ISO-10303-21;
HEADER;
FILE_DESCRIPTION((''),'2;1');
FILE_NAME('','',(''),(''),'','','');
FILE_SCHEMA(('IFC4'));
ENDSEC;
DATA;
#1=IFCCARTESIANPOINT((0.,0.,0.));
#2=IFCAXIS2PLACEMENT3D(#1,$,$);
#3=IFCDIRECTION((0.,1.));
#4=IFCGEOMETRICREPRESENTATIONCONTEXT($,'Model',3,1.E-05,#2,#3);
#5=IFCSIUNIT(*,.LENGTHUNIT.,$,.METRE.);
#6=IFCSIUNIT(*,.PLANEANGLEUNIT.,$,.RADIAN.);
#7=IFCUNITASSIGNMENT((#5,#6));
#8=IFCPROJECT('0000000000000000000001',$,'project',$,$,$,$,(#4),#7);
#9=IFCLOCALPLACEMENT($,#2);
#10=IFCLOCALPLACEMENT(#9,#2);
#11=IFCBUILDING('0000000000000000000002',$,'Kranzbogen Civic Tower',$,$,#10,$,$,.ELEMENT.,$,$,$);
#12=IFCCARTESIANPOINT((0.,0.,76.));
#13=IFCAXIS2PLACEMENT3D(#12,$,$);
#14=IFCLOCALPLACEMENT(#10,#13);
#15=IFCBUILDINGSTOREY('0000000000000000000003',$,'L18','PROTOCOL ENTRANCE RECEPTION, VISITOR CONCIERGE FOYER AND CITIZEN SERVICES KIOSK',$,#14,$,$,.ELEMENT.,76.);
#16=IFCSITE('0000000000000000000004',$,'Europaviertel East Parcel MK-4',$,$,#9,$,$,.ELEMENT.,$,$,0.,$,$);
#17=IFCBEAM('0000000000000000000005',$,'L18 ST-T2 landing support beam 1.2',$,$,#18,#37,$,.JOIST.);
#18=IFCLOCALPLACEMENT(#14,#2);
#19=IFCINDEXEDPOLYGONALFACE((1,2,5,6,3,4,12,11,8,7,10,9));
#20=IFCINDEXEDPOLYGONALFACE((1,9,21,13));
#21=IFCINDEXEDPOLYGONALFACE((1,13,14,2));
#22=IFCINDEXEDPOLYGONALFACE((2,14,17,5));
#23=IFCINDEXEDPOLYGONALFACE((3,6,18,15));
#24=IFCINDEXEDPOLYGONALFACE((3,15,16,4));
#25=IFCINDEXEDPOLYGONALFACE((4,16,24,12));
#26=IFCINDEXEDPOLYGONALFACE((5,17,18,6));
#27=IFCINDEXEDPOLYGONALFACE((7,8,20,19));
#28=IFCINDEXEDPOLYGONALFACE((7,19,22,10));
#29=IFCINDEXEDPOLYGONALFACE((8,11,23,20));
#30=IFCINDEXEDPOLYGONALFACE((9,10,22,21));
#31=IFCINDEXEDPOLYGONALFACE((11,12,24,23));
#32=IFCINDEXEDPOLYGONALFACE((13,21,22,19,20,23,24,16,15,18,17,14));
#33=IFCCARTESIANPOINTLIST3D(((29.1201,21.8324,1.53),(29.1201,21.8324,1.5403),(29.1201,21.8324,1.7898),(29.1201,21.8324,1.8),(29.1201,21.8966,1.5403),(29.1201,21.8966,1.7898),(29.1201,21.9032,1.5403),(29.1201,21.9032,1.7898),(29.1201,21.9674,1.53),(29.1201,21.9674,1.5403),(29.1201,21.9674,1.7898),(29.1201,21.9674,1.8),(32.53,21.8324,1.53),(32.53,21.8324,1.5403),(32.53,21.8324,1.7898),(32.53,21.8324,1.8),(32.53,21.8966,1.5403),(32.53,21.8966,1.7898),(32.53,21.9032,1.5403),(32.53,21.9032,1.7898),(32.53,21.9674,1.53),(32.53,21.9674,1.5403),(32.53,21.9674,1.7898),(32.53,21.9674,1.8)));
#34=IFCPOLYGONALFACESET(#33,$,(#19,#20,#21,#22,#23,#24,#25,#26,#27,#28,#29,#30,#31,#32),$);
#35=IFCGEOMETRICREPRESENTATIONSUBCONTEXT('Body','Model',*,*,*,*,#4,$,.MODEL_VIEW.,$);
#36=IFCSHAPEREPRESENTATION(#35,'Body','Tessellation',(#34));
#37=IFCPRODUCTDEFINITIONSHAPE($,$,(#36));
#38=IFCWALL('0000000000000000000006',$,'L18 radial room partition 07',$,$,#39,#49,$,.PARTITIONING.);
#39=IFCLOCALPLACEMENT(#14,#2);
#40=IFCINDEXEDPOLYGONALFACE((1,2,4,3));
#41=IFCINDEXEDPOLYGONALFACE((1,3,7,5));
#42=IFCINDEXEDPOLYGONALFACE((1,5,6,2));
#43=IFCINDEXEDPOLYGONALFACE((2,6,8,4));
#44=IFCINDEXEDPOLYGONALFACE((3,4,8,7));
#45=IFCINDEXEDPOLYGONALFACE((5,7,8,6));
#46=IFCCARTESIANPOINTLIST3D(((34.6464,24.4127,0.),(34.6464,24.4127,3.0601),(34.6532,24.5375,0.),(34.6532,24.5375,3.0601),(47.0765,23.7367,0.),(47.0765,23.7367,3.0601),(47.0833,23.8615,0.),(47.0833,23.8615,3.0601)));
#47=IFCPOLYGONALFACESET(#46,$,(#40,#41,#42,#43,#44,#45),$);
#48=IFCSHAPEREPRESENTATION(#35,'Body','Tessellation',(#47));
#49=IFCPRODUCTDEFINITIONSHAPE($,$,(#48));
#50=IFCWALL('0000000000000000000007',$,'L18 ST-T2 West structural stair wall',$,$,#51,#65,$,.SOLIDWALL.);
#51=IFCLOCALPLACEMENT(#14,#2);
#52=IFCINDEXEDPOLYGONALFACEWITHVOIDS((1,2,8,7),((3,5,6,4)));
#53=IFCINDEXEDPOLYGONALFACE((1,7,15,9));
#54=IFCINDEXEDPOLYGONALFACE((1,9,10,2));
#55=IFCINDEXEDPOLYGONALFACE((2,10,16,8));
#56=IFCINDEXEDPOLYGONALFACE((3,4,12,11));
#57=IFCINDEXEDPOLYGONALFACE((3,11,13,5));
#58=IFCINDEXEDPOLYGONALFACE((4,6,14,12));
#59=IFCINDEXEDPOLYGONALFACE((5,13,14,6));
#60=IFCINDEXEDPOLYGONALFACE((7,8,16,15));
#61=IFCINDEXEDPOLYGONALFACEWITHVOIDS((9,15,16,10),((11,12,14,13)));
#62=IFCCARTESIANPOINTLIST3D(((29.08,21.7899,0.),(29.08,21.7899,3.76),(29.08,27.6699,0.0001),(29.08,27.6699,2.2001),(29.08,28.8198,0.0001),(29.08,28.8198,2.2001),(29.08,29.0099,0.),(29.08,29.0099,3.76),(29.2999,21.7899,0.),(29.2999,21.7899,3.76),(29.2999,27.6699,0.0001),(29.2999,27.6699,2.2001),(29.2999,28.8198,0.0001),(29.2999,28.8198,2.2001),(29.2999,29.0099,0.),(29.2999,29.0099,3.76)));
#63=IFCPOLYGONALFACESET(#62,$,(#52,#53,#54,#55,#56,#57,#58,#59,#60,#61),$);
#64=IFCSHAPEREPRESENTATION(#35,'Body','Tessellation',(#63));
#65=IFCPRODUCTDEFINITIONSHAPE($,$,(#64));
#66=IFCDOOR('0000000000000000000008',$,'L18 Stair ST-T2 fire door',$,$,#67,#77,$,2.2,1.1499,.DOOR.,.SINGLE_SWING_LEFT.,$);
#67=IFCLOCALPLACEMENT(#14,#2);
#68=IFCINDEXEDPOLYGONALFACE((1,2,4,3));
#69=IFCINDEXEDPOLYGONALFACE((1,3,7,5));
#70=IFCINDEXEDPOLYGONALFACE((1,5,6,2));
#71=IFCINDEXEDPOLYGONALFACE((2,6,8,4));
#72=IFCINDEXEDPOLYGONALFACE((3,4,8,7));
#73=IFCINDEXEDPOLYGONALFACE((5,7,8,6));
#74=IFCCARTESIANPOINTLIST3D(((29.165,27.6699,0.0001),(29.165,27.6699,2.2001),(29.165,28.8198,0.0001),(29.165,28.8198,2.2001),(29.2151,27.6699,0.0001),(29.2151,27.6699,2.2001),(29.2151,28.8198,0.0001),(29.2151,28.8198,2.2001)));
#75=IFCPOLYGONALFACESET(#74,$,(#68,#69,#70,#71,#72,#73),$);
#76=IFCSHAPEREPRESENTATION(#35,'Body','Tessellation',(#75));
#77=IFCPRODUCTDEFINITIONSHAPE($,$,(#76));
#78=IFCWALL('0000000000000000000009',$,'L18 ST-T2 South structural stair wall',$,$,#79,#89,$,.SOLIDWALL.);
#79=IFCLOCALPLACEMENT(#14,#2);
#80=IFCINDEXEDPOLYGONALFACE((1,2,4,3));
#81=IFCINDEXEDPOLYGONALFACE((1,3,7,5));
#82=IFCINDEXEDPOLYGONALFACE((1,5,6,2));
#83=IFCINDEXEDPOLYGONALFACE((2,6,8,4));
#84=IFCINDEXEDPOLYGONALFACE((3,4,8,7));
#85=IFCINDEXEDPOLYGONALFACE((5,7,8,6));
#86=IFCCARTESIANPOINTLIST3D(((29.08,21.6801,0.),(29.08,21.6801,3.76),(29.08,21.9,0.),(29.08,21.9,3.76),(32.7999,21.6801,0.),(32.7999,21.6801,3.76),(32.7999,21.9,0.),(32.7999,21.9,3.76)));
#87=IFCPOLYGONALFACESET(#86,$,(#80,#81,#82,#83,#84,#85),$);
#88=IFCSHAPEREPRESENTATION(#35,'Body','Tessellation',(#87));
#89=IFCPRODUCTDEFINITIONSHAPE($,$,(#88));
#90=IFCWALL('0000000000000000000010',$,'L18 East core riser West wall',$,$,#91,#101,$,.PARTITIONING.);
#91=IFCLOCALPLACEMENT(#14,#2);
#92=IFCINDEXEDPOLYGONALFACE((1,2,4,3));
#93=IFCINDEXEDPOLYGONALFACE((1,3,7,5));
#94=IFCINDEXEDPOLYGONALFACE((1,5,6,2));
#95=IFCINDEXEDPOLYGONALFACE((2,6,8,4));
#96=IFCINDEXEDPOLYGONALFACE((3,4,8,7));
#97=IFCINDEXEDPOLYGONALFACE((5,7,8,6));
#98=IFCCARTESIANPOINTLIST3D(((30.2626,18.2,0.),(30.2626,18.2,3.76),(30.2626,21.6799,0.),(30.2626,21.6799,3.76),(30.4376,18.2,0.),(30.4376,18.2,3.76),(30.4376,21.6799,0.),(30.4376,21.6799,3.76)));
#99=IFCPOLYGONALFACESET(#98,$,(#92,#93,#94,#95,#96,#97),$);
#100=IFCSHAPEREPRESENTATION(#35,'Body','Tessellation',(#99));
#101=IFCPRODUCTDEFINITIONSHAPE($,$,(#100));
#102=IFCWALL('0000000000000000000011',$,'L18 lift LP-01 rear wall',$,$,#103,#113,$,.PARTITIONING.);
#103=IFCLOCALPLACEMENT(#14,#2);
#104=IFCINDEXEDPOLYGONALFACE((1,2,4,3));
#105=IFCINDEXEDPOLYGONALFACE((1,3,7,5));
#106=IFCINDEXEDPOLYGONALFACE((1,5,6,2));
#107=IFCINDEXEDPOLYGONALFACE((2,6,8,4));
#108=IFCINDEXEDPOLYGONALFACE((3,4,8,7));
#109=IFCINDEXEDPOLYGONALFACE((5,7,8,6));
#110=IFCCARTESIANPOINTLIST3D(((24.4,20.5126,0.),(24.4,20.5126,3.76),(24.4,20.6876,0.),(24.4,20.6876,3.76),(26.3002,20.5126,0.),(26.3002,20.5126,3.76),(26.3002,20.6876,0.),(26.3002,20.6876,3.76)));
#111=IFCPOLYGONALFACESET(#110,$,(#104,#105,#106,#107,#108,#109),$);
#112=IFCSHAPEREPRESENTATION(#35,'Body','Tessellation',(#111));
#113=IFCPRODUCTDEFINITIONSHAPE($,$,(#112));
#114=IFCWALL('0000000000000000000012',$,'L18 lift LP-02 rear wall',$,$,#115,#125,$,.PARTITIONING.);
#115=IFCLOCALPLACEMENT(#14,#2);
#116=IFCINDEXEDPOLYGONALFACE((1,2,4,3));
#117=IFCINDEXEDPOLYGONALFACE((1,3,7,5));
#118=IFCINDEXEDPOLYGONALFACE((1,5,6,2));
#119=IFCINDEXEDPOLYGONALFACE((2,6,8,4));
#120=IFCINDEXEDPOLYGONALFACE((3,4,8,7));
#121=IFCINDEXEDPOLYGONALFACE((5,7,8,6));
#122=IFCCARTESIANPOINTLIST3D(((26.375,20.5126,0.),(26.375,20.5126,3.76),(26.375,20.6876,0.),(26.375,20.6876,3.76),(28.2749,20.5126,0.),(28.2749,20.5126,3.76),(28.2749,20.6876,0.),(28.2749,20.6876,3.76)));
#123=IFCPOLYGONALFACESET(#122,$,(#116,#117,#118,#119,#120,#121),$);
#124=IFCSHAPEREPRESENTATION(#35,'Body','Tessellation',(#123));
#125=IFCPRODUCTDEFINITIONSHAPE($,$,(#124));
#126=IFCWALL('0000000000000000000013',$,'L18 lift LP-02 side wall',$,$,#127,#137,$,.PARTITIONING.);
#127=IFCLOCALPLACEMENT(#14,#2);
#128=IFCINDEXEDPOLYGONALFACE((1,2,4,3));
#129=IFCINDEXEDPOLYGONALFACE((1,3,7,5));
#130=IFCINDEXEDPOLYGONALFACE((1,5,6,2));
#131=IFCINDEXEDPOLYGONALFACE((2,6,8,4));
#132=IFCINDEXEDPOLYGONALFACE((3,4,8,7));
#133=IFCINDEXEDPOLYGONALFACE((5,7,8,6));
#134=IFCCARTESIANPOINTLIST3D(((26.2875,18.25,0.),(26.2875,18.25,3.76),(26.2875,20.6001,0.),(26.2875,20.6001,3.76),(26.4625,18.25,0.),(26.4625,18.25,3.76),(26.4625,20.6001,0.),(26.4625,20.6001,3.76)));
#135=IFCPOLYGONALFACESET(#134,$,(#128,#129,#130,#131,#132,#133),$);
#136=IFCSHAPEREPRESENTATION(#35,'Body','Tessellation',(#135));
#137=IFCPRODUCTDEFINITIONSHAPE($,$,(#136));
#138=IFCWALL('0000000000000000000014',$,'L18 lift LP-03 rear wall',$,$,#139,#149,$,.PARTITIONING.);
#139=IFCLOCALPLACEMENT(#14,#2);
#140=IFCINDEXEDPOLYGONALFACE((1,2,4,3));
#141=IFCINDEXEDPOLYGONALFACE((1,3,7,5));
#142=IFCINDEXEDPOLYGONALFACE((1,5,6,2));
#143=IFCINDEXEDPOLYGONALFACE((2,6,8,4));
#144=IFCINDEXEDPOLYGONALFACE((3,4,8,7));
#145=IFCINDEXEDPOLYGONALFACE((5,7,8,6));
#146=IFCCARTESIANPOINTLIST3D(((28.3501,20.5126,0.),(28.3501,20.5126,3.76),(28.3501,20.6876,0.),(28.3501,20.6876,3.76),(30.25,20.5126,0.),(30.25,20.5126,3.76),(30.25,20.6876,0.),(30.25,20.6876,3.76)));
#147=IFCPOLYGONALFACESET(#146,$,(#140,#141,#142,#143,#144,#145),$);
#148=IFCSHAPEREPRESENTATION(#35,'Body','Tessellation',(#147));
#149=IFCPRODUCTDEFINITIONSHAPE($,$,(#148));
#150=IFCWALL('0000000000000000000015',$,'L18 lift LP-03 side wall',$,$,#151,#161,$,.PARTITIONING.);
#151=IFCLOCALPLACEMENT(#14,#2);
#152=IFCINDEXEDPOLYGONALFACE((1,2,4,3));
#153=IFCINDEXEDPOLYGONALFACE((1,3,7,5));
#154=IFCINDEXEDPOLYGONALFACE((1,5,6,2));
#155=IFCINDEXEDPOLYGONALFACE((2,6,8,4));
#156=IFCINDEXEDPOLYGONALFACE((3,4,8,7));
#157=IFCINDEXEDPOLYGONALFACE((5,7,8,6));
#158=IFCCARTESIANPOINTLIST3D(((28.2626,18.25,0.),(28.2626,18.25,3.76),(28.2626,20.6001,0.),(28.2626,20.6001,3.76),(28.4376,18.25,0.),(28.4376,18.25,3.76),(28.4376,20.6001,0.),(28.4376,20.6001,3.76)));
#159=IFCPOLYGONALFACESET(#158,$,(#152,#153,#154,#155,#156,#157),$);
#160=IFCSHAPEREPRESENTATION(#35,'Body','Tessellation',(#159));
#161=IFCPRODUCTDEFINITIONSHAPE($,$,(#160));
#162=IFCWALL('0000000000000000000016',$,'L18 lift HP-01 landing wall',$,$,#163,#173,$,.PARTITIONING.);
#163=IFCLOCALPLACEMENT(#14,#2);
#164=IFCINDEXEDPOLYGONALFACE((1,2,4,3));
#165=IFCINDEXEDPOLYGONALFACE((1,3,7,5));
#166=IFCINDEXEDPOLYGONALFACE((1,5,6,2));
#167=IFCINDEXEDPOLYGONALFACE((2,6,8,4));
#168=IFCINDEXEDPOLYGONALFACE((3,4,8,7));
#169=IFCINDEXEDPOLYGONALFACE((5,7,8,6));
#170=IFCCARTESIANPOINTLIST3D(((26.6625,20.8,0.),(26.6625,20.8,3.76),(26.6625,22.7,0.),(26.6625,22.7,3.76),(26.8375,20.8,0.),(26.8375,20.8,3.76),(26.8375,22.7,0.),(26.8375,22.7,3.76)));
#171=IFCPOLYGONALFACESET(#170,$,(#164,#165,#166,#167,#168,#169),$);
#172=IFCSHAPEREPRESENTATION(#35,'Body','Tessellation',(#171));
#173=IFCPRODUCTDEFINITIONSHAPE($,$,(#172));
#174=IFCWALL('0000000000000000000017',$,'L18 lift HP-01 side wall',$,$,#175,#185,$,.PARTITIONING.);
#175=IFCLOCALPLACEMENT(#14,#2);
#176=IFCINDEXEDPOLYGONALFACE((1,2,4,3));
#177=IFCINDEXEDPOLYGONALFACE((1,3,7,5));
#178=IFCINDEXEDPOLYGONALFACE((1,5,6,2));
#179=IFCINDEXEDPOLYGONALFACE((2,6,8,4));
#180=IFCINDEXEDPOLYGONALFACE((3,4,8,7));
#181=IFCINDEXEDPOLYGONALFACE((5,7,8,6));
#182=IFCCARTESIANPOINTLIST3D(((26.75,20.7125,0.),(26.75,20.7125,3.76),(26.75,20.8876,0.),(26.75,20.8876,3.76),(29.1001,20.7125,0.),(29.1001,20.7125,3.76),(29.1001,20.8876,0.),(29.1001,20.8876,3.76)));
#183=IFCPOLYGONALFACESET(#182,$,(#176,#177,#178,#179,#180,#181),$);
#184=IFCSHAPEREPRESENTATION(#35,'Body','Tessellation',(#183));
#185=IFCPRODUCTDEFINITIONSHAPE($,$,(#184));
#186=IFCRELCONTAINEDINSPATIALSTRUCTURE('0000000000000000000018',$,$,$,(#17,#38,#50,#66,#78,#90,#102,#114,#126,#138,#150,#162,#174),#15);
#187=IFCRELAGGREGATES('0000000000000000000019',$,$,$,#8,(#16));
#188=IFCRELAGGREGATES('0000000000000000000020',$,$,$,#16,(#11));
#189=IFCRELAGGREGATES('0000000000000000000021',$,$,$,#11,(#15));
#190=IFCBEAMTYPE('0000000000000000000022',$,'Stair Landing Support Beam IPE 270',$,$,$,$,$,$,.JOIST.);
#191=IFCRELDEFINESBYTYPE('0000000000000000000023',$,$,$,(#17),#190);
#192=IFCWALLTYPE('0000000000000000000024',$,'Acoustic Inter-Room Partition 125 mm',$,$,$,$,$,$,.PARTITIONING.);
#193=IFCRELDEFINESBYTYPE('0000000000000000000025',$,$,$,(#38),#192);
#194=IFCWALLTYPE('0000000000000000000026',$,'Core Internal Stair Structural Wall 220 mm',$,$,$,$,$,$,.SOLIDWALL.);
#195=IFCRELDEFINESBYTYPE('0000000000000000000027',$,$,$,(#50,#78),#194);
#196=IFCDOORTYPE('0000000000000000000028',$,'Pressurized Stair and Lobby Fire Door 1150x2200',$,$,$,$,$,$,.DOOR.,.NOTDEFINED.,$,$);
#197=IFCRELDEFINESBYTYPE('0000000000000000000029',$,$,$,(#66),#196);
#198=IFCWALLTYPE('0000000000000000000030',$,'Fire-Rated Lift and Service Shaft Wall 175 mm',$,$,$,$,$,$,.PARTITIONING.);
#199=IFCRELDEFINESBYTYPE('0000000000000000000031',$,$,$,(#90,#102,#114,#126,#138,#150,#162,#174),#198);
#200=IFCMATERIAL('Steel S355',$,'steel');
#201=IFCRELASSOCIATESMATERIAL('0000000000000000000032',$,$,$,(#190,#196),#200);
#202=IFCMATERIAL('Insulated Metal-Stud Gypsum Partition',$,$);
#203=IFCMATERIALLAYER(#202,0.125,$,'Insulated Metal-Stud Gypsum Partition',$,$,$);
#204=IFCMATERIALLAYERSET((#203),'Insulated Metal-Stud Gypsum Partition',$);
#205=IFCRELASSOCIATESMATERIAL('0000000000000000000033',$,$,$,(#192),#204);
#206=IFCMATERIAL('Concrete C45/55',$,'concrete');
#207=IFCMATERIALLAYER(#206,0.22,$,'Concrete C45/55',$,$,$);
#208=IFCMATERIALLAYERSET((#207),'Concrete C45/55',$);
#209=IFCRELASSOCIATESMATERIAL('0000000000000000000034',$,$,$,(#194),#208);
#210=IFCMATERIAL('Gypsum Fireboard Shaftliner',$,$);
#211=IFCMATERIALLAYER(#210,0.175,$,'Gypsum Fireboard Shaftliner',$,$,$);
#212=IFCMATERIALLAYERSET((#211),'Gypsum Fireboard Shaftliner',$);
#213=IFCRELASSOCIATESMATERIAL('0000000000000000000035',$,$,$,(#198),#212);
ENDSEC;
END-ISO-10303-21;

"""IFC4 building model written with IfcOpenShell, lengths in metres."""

from ifc_helpers import new_model, si_unit, direction, frame, frame_2d, origin, origin_2d, place, context, subcontext, project, spatial, rectangle, i_section, extrude, material, layer, layer_set, material_profile, profile_set, type_object, element, fill, save


model = new_model("IFC4")

# Units and contexts
model_context = context("Model", 3, precision=1e-05, world=origin(), true_north=direction((0.0, 1.0)))
body_context = subcontext(model_context, "Body", "Model", "MODEL_VIEW")
ifc_project = project(units=[si_unit("LENGTHUNIT", "METRE"), si_unit("PLANEANGLEUNIT", "RADIAN")], contexts=[model_context])

# Site, building, storey
site_placement = place(None, origin())
site = spatial("IfcSite", under=ifc_project, at=site_placement, Name="Europaviertel East Parcel MK-4", CompositionType="ELEMENT", RefElevation=0.0)
building_placement = place(site_placement, origin())
building = spatial("IfcBuilding", under=site, at=building_placement, Name="Kranzbogen Civic Tower", CompositionType="ELEMENT")
storey_placement = place(building_placement, frame((0.0, 0.0, 76.0)))
storey = spatial("IfcBuildingStorey", under=building, at=storey_placement, Name="L18", Description="PROTOCOL ENTRANCE RECEPTION, VISITOR CONCIERGE FOYER AND CITIZEN SERVICES KIOSK", CompositionType="ELEMENT", Elevation=76.0)

# Beam
ifc_material_1 = material(Name="Steel S355", Category="steel")
ifc_material_profile = material_profile(ifc_material_1, i_section(OverallWidth=0.135, OverallDepth=0.27, WebThickness=0.0066, FlangeThickness=0.0103, at=origin_2d()), Name="IPE 270")
ifc_profile_set = profile_set([ifc_material_profile], Name="Steel S355")
beam_type = type_object("IfcBeamType", Name="Stair Landing Support Beam IPE 270", PredefinedType="JOIST", material=ifc_profile_set)
beam_placement = place(storey_placement, frame((29.1201, 21.8999, 1.665), z_axis=(1.0, 0.0, 0.0), x_axis=(0.0, 1.0, 0.0)))
element("IfcBeam", 1, at=beam_placement, inside=storey, type_object=beam_type, Name="L18 ST-T2 landing support beam 1.2", PredefinedType="JOIST", context=body_context, shape_type="SweptSolid", body=[
    extrude(i_section(OverallWidth=0.135, OverallDepth=0.27, WebThickness=0.0066, FlangeThickness=0.0103, at=origin_2d()), origin(), (0.0, 0.0, 1.0), 3.4099),
])

# Wall
ifc_material_2 = material(Name="Insulated Metal-Stud Gypsum Partition")
ifc_layer_1 = layer(ifc_material_2, 0.125, Name="Insulated Metal-Stud Gypsum Partition")
ifc_layer_set_1 = layer_set([ifc_layer_1], Name="Insulated Metal-Stud Gypsum Partition")
wall_type_1 = type_object("IfcWallType", Name="Acoustic Inter-Room Partition 125 mm", PredefinedType="PARTITIONING", material=ifc_layer_set_1)
wall_1_placement = place(storey_placement, frame((34.6499, 24.4751, 0.0), z_axis=(0.0, 0.0, 1.0), x_axis=(0.998524, -0.054306, 0.0)))
element("IfcWall", 2, at=wall_1_placement, inside=storey, type_object=wall_type_1, Name="L18 radial room partition 07", PredefinedType="PARTITIONING", context=body_context, shape_type="SweptSolid", body=[
    extrude(rectangle(XDim=12.4485, YDim=0.125, at=frame_2d((6.2241, 0.0))), origin(), (0.0, 0.0, 1.0), 3.0601),
])

# Wall, opening, door
ifc_material_3 = material(Name="Concrete C45/55", Category="concrete")
ifc_layer_2 = layer(ifc_material_3, 0.22, Name="Concrete C45/55")
ifc_layer_set_2 = layer_set([ifc_layer_2], Name="Concrete C45/55")
wall_type_2 = type_object("IfcWallType", Name="Core Internal Stair Structural Wall 220 mm", PredefinedType="SOLIDWALL", material=ifc_layer_set_2)
wall_2_placement = place(storey_placement, frame((29.1899, 21.79, 0.0), z_axis=(0.0, 0.0, 1.0), x_axis=(0.0, 1.0, 0.0)))
wall_2 = element("IfcWall", 3, at=wall_2_placement, inside=storey, type_object=wall_type_2, Name="L18 ST-T2 West structural stair wall", PredefinedType="SOLIDWALL", context=body_context, shape_type="SweptSolid", body=[
    extrude(rectangle(XDim=7.22, YDim=0.22, at=frame_2d((3.6099, 0.0))), origin(), (0.0, 0.0, 1.0), 3.76),
])
opening_1_placement = place(wall_2_placement, frame((5.8799, 0.0, 0.0)))
opening_1 = element("IfcOpeningElement", 4, at=opening_1_placement, cuts=wall_2, PredefinedType="OPENING", context=body_context, shape_type="SweptSolid", body=[
    extrude(rectangle(XDim=1.1499, YDim=2.2, at=frame_2d((0.575, 1.1001))), frame((0.0, 0.1201, 0.0), z_axis=(0.0, -1.0, 0.0), x_axis=(1.0, 0.0, 0.0)), (0.0, 0.0, 1.0), 0.24),
])
door_type_1 = type_object("IfcDoorType", Name="Pressurized Stair and Lobby Fire Door 1150x2200", OperationType="NOTDEFINED", PredefinedType="DOOR", material=ifc_material_1)
door_1_placement = place(opening_1_placement, origin())
door_1 = element("IfcDoor", 5, at=door_1_placement, inside=storey, type_object=door_type_1, Name="L18 Stair ST-T2 fire door", OperationType="SINGLE_SWING_LEFT", OverallHeight=2.2, OverallWidth=1.1499, PredefinedType="DOOR", context=body_context, shape_type="SweptSolid", body=[
    extrude(rectangle(XDim=1.1499, YDim=2.2, at=frame_2d((0.575, 1.1001))), frame((0.0, 0.0249, 0.0), z_axis=(0.0, -1.0, 0.0), x_axis=(1.0, 0.0, 0.0)), (0.0, 0.0, 1.0), 0.05),
])
fill(opening_1, door_1)

# Walls
wall_3_placement = place(storey_placement, frame((29.0801, 21.79, 0.0), z_axis=(0.0, 0.0, 1.0), x_axis=(1.0, 0.0, 0.0)))
element("IfcWall", 6, at=wall_3_placement, inside=storey, type_object=wall_type_2, Name="L18 ST-T2 South structural stair wall", PredefinedType="SOLIDWALL", context=body_context, shape_type="SweptSolid", body=[
    extrude(rectangle(XDim=3.72, YDim=0.22, at=frame_2d((1.8599, 0.0))), origin(), (0.0, 0.0, 1.0), 3.76),
])
ifc_material_4 = material(Name="Gypsum Fireboard Shaftliner")
ifc_layer_3 = layer(ifc_material_4, 0.175, Name="Gypsum Fireboard Shaftliner")
ifc_layer_set_3 = layer_set([ifc_layer_3], Name="Gypsum Fireboard Shaftliner")
wall_type_3 = type_object("IfcWallType", Name="Fire-Rated Lift and Service Shaft Wall 175 mm", PredefinedType="PARTITIONING", material=ifc_layer_set_3)
wall_4_placement = place(storey_placement, frame((30.3501, 18.2, 0.0), z_axis=(0.0, 0.0, 1.0), x_axis=(0.0, 1.0, 0.0)))
element("IfcWall", 7, at=wall_4_placement, inside=storey, type_object=wall_type_3, Name="L18 East core riser West wall", PredefinedType="PARTITIONING", context=body_context, shape_type="SweptSolid", body=[
    extrude(rectangle(XDim=3.48, YDim=0.175, at=frame_2d((1.74, 0.0))), origin(), (0.0, 0.0, 1.0), 3.76),
])
wall_5_placement = place(storey_placement, frame((24.3999, 20.6001, 0.0), z_axis=(0.0, 0.0, 1.0), x_axis=(1.0, 0.0, 0.0)))
element("IfcWall", 8, at=wall_5_placement, inside=storey, type_object=wall_type_3, Name="L18 lift LP-01 rear wall", PredefinedType="PARTITIONING", context=body_context, shape_type="SweptSolid", body=[
    extrude(rectangle(XDim=1.9001, YDim=0.175, at=frame_2d((0.9502, 0.0))), origin(), (0.0, 0.0, 1.0), 3.76),
])
wall_6_placement = place(storey_placement, frame((26.375, 20.6001, 0.0), z_axis=(0.0, 0.0, 1.0), x_axis=(1.0, 0.0, 0.0)))
element("IfcWall", 9, at=wall_6_placement, inside=storey, type_object=wall_type_3, Name="L18 lift LP-02 rear wall", PredefinedType="PARTITIONING", context=body_context, shape_type="SweptSolid", body=[
    extrude(rectangle(XDim=1.8999, YDim=0.175, at=frame_2d((0.95, 0.0))), origin(), (0.0, 0.0, 1.0), 3.76),
])
wall_7_placement = place(storey_placement, frame((26.375, 18.25, 0.0), z_axis=(0.0, 0.0, 1.0), x_axis=(0.0, 1.0, 0.0)))
element("IfcWall", 10, at=wall_7_placement, inside=storey, type_object=wall_type_3, Name="L18 lift LP-02 side wall", PredefinedType="PARTITIONING", context=body_context, shape_type="SweptSolid", body=[
    extrude(rectangle(XDim=2.3501, YDim=0.175, at=frame_2d((1.175, 0.0))), origin(), (0.0, 0.0, 1.0), 3.76),
])
wall_8_placement = place(storey_placement, frame((28.3501, 20.6001, 0.0), z_axis=(0.0, 0.0, 1.0), x_axis=(1.0, 0.0, 0.0)))
element("IfcWall", 11, at=wall_8_placement, inside=storey, type_object=wall_type_3, Name="L18 lift LP-03 rear wall", PredefinedType="PARTITIONING", context=body_context, shape_type="SweptSolid", body=[
    extrude(rectangle(XDim=1.8999, YDim=0.175, at=frame_2d((0.95, 0.0))), origin(), (0.0, 0.0, 1.0), 3.76),
])
wall_9_placement = place(storey_placement, frame((28.3501, 18.25, 0.0), z_axis=(0.0, 0.0, 1.0), x_axis=(0.0, 1.0, 0.0)))
element("IfcWall", 12, at=wall_9_placement, inside=storey, type_object=wall_type_3, Name="L18 lift LP-03 side wall", PredefinedType="PARTITIONING", context=body_context, shape_type="SweptSolid", body=[
    extrude(rectangle(XDim=2.3501, YDim=0.175, at=frame_2d((1.175, 0.0))), origin(), (0.0, 0.0, 1.0), 3.76),
])
wall_10_placement = place(storey_placement, frame((26.75, 20.8, 0.0), z_axis=(0.0, 0.0, 1.0), x_axis=(0.0, 1.0, 0.0)))
element("IfcWall", 13, at=wall_10_placement, inside=storey, type_object=wall_type_3, Name="L18 lift HP-01 landing wall", PredefinedType="PARTITIONING", context=body_context, shape_type="SweptSolid", body=[
    extrude(rectangle(XDim=1.8999, YDim=0.175, at=frame_2d((0.95, 0.0))), origin(), (0.0, 0.0, 1.0), 3.76),
])
wall_11_placement = place(storey_placement, frame((26.75, 20.8, 0.0), z_axis=(0.0, 0.0, 1.0), x_axis=(1.0, 0.0, 0.0)))
element("IfcWall", 14, at=wall_11_placement, inside=storey, type_object=wall_type_3, Name="L18 lift HP-01 side wall", PredefinedType="PARTITIONING", context=body_context, shape_type="SweptSolid", body=[
    extrude(rectangle(XDim=2.3501, YDim=0.175, at=frame_2d((1.175, 0.0))), origin(), (0.0, 0.0, 1.0), 3.76),
])

save(model, "model.ifc")
